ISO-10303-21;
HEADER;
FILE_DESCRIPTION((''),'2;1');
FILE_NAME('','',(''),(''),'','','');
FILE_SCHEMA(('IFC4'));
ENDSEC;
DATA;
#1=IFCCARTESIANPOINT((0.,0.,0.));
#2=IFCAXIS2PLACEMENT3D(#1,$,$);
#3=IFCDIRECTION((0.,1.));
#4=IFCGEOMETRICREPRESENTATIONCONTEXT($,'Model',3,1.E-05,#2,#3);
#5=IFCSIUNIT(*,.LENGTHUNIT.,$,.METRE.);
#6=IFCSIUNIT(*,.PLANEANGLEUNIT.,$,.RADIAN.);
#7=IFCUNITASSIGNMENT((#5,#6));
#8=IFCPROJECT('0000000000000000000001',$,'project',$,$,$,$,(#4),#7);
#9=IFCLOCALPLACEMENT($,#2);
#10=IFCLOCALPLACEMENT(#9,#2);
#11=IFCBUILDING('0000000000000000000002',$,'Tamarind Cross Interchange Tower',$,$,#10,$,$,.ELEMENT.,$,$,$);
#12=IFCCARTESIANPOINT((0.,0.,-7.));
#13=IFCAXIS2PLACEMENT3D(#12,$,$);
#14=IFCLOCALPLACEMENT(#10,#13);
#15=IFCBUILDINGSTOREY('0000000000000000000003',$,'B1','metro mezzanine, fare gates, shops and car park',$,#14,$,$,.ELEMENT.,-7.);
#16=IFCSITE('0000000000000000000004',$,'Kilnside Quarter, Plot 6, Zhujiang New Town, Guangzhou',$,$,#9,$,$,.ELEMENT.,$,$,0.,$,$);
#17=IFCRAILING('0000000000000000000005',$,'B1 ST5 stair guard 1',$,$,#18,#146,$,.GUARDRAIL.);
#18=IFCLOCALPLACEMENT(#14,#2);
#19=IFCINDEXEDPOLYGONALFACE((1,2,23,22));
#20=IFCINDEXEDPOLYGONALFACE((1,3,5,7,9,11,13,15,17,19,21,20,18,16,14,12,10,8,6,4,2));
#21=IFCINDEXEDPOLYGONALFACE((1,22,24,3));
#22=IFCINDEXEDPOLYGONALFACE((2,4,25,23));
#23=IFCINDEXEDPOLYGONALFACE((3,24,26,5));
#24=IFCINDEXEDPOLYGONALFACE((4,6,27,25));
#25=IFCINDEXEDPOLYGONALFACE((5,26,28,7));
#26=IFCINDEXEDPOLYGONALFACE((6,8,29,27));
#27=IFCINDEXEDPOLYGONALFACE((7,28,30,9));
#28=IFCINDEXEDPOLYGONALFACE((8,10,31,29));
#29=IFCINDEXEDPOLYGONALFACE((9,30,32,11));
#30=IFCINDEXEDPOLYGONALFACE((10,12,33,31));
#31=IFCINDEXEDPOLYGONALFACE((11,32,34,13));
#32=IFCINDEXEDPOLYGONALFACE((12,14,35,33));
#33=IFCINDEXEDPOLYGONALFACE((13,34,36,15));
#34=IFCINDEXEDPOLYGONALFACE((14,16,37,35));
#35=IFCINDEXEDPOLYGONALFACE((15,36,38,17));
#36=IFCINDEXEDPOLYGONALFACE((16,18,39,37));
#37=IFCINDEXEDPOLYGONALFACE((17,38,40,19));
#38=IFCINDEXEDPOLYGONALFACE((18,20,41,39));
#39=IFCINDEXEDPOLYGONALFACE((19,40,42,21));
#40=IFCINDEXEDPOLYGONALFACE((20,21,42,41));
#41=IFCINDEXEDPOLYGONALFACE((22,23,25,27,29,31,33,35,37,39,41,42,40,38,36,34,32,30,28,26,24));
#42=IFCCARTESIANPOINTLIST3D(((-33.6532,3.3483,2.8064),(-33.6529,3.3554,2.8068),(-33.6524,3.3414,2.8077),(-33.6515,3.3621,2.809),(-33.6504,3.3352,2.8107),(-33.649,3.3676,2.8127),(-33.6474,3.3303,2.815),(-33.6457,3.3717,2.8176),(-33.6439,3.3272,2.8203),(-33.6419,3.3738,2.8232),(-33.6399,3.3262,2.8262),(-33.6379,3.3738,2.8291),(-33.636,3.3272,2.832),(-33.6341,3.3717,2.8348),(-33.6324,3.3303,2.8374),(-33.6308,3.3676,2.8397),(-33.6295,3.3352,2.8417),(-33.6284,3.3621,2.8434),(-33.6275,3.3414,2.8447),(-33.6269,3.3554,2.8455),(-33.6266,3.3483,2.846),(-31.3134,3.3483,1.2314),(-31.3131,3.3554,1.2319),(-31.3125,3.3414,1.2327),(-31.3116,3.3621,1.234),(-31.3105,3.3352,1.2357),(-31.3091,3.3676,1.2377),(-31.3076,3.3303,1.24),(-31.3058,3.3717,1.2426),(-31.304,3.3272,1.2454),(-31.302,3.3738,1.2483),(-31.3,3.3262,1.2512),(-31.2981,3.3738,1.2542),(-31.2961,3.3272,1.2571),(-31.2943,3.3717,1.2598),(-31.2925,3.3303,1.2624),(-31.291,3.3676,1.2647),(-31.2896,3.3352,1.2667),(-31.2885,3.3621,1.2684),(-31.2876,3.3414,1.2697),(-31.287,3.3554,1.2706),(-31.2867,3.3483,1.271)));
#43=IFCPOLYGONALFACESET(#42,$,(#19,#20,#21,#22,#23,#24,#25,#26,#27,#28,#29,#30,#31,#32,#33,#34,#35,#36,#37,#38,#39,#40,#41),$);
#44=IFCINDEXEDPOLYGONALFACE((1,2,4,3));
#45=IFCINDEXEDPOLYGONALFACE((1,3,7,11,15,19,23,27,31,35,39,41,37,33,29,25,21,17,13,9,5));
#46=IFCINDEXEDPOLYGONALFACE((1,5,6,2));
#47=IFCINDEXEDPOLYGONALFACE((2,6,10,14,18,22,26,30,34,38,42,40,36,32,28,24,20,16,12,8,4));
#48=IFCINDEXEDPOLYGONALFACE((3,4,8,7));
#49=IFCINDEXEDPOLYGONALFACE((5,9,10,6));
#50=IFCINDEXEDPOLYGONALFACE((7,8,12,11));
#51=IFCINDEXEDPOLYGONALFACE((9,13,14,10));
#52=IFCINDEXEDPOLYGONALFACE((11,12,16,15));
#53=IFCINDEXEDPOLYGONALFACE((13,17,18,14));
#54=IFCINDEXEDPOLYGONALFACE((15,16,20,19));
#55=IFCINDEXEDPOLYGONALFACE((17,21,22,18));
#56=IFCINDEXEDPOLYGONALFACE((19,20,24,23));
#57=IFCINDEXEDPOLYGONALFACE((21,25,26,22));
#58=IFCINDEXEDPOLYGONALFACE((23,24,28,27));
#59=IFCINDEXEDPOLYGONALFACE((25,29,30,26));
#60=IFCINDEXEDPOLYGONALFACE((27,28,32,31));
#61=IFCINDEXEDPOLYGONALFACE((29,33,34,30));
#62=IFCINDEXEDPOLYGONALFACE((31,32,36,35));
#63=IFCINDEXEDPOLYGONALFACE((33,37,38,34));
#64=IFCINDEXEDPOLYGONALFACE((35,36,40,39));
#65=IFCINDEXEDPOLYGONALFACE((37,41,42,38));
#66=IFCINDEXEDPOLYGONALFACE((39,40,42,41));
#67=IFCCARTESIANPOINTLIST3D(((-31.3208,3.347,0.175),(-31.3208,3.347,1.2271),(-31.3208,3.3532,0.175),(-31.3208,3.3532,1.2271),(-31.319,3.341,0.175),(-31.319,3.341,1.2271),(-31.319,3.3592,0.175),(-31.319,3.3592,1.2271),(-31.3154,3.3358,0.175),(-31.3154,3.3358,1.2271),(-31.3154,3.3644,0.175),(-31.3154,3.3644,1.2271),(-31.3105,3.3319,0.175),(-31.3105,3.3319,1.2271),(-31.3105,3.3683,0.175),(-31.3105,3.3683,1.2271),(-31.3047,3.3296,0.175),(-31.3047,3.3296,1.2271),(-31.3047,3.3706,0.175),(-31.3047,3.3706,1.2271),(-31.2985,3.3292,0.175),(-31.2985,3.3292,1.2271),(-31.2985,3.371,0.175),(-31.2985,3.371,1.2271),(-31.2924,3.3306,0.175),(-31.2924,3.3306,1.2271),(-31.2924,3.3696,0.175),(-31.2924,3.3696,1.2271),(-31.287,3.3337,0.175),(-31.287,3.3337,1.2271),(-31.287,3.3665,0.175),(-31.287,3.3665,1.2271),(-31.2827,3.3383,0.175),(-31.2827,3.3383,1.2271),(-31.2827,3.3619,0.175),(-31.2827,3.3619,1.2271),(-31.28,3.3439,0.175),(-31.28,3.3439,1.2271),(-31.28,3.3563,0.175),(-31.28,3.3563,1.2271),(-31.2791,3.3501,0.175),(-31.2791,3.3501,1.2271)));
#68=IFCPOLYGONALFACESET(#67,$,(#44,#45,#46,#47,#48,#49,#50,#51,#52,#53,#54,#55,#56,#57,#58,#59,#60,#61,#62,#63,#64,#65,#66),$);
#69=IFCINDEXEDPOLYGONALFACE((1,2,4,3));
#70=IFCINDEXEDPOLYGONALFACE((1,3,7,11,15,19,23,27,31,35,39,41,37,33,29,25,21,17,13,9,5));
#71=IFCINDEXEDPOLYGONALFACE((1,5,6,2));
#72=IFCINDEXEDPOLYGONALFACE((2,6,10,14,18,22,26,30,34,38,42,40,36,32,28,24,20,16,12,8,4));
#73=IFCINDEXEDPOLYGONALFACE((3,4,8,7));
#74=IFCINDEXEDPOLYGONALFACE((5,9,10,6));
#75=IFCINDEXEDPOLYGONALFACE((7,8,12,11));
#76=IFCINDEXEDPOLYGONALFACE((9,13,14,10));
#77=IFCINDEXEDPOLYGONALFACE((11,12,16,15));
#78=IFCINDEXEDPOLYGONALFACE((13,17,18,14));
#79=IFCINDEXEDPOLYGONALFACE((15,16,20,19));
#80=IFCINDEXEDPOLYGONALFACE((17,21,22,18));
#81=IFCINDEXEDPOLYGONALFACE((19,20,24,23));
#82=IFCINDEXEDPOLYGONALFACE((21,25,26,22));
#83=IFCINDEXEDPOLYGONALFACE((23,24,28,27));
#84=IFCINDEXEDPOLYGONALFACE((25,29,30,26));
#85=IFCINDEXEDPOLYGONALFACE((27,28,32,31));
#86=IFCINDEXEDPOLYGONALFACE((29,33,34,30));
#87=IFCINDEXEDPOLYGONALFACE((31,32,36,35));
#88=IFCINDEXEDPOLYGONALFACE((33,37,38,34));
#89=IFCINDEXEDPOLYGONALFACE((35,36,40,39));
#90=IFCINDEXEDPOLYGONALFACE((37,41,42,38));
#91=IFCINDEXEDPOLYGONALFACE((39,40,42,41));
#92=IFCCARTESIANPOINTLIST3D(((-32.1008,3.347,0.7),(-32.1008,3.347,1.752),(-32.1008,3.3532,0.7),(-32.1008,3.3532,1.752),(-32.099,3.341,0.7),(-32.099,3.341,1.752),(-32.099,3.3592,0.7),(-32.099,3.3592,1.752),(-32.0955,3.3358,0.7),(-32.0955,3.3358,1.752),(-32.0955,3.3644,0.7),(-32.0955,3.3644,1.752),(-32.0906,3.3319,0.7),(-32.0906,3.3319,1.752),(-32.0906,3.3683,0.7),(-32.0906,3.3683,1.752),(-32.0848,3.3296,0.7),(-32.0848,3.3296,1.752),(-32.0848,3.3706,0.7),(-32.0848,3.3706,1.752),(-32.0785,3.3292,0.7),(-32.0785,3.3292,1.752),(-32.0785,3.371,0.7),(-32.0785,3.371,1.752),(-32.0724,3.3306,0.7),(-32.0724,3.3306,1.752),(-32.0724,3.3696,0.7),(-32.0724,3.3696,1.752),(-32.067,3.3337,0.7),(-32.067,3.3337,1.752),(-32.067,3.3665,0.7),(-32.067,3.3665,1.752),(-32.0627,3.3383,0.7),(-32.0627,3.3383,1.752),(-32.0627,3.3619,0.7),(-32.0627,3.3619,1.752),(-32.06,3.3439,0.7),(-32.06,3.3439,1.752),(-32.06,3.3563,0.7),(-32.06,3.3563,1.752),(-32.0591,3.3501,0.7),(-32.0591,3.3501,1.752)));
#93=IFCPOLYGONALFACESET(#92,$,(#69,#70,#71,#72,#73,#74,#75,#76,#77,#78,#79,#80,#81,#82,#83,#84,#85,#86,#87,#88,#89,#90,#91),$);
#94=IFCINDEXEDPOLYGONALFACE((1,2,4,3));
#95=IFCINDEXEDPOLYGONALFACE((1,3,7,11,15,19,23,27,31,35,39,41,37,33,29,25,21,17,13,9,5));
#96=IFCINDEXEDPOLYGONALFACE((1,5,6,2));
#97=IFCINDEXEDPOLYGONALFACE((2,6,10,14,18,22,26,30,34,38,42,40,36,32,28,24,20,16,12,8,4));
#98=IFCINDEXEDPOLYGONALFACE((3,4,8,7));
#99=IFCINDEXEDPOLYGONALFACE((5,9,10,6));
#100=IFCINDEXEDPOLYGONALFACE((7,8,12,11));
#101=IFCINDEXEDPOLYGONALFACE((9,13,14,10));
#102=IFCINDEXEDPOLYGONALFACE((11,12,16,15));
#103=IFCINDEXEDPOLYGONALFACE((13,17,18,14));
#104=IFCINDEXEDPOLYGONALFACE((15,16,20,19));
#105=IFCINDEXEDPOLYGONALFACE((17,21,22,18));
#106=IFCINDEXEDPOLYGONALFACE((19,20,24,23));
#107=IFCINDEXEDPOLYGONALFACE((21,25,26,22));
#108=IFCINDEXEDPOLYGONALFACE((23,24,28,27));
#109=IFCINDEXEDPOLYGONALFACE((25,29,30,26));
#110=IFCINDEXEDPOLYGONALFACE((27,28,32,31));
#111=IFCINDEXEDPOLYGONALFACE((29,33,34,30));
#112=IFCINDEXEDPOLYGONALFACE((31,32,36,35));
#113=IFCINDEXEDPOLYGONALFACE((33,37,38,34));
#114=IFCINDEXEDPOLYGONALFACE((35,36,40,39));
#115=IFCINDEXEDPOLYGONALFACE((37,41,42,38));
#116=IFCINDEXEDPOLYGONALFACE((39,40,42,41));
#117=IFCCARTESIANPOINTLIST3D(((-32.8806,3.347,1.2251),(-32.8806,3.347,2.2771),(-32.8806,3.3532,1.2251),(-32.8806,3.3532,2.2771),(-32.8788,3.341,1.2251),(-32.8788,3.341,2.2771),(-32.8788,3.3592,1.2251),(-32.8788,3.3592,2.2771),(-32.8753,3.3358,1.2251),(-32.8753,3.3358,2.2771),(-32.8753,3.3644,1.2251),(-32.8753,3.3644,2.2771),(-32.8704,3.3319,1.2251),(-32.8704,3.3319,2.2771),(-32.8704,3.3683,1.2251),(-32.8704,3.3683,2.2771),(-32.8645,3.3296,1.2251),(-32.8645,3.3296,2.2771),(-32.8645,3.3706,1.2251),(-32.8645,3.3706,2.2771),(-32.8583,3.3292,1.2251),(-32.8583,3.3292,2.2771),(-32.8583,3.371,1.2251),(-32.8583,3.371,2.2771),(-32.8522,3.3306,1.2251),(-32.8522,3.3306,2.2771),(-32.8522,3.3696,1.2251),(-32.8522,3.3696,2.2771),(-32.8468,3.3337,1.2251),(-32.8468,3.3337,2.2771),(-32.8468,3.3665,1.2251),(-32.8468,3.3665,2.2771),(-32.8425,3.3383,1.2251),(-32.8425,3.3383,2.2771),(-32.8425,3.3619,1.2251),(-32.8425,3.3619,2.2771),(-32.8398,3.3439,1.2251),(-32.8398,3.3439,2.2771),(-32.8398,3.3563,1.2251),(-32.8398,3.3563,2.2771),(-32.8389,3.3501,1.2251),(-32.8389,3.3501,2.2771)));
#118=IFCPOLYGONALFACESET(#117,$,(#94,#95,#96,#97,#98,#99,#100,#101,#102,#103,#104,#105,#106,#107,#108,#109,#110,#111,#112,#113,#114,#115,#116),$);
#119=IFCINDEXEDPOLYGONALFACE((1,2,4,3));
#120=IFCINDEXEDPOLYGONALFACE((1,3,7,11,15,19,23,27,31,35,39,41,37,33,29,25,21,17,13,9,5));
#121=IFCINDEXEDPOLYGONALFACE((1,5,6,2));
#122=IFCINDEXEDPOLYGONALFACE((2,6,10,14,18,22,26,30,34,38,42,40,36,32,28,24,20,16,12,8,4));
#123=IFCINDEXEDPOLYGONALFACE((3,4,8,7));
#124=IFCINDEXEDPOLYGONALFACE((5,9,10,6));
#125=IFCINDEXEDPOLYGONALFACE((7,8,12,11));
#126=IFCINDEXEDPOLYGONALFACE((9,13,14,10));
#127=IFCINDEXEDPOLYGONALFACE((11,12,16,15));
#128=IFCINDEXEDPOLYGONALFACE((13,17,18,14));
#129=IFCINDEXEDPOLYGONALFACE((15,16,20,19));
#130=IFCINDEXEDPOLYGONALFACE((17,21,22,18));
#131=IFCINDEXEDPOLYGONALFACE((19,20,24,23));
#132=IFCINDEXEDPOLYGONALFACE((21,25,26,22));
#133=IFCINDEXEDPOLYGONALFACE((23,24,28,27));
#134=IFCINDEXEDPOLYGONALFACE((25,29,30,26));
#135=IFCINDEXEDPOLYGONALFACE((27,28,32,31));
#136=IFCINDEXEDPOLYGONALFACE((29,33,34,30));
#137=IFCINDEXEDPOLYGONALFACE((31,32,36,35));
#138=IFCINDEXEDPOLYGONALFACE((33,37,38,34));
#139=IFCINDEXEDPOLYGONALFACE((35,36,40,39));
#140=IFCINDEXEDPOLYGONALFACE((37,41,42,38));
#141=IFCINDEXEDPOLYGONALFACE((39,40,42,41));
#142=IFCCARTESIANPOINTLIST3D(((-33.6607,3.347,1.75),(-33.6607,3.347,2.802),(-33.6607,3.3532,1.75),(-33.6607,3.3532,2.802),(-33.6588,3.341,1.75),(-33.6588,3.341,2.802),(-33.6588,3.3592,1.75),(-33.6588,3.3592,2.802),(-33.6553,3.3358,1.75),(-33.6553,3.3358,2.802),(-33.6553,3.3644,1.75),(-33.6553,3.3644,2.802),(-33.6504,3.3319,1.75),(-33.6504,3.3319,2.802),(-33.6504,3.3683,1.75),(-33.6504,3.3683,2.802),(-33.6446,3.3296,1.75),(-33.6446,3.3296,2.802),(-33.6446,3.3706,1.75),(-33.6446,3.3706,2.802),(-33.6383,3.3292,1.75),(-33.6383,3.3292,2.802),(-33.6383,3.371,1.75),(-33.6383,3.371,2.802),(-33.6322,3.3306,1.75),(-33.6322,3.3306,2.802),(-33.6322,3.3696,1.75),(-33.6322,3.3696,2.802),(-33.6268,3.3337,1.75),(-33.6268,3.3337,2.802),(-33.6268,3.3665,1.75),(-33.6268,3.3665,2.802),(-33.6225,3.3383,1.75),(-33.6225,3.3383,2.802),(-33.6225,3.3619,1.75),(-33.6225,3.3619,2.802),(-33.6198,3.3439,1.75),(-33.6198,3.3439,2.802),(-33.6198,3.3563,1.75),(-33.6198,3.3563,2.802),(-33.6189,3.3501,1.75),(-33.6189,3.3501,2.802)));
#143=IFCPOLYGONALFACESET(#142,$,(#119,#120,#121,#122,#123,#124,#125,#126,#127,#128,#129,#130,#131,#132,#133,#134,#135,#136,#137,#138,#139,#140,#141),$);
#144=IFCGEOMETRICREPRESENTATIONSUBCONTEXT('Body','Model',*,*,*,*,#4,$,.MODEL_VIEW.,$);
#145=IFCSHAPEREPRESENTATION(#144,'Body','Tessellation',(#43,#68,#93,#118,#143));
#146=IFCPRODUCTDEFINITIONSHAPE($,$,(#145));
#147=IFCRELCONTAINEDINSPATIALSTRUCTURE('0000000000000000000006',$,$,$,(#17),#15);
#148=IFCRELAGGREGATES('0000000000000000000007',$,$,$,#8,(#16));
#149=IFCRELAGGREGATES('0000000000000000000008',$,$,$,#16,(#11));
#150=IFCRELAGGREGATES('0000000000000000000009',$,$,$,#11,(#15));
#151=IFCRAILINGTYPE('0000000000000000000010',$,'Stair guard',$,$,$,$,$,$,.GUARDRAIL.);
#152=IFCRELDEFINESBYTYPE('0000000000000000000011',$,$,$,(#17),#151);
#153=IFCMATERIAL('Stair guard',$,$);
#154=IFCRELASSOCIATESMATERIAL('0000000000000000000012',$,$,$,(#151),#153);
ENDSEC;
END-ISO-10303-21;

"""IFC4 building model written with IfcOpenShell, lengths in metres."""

from ifc_helpers import new_model, si_unit, direction, frame, origin, origin_2d, place, context, subcontext, project, spatial, circle, extrude, material, type_object, element, save


model = new_model("IFC4")

# Units and contexts
model_context = context("Model", 3, precision=1e-05, world=origin(), true_north=direction((0.0, 1.0)))
body_context = subcontext(model_context, "Body", "Model", "MODEL_VIEW")
ifc_project = project(units=[si_unit("LENGTHUNIT", "METRE"), si_unit("PLANEANGLEUNIT", "RADIAN")], contexts=[model_context])

# Site, building, storey
site_placement = place(None, origin())
site = spatial("IfcSite", under=ifc_project, at=site_placement, Name="Kilnside Quarter, Plot 6, Zhujiang New Town, Guangzhou", CompositionType="ELEMENT", RefElevation=0.0)
building_placement = place(site_placement, origin())
building = spatial("IfcBuilding", under=site, at=building_placement, Name="Tamarind Cross Interchange Tower", CompositionType="ELEMENT")
storey_placement = place(building_placement, frame((0.0, 0.0, -7.0)))
storey = spatial("IfcBuildingStorey", under=building, at=storey_placement, Name="B1", Description="metro mezzanine, fare gates, shops and car park", CompositionType="ELEMENT", Elevation=-7.0)

# Railing
ifc_material_1 = material(Name="Stair guard")
railing_type_1 = type_object("IfcRailingType", Name="Stair guard", PredefinedType="GUARDRAIL", material=ifc_material_1)
railing_1_placement = place(storey_placement, frame((-31.3, 3.3501, 0.175)))
element("IfcRailing", 1, at=railing_1_placement, inside=storey, type_object=railing_type_1, Name="B1 ST5 stair guard 1", PredefinedType="GUARDRAIL", context=body_context, shape_type="SweptSolid", body=[
    extrude(circle(Radius=0.0239, at=origin_2d()), frame((0.0, 0.0, 1.0762), z_axis=(-0.829578, 0.0, 0.55839), x_axis=(0.0, -1.0, 0.0)), (0.0, 0.0, 1.0), 2.8206),
    extrude(circle(Radius=0.021, at=origin_2d()), origin(), (0.0, 0.0, 1.0), 1.052),
    extrude(circle(Radius=0.021, at=origin_2d()), frame((-0.78, 0.0, 0.5249)), (0.0, 0.0, 1.0), 1.052),
    extrude(circle(Radius=0.021, at=origin_2d()), frame((-1.5598, 0.0, 1.05)), (0.0, 0.0, 1.0), 1.052),
    extrude(circle(Radius=0.021, at=origin_2d()), frame((-2.3398, 0.0, 1.575)), (0.0, 0.0, 1.0), 1.052),
])

save(model, "model.ifc")
